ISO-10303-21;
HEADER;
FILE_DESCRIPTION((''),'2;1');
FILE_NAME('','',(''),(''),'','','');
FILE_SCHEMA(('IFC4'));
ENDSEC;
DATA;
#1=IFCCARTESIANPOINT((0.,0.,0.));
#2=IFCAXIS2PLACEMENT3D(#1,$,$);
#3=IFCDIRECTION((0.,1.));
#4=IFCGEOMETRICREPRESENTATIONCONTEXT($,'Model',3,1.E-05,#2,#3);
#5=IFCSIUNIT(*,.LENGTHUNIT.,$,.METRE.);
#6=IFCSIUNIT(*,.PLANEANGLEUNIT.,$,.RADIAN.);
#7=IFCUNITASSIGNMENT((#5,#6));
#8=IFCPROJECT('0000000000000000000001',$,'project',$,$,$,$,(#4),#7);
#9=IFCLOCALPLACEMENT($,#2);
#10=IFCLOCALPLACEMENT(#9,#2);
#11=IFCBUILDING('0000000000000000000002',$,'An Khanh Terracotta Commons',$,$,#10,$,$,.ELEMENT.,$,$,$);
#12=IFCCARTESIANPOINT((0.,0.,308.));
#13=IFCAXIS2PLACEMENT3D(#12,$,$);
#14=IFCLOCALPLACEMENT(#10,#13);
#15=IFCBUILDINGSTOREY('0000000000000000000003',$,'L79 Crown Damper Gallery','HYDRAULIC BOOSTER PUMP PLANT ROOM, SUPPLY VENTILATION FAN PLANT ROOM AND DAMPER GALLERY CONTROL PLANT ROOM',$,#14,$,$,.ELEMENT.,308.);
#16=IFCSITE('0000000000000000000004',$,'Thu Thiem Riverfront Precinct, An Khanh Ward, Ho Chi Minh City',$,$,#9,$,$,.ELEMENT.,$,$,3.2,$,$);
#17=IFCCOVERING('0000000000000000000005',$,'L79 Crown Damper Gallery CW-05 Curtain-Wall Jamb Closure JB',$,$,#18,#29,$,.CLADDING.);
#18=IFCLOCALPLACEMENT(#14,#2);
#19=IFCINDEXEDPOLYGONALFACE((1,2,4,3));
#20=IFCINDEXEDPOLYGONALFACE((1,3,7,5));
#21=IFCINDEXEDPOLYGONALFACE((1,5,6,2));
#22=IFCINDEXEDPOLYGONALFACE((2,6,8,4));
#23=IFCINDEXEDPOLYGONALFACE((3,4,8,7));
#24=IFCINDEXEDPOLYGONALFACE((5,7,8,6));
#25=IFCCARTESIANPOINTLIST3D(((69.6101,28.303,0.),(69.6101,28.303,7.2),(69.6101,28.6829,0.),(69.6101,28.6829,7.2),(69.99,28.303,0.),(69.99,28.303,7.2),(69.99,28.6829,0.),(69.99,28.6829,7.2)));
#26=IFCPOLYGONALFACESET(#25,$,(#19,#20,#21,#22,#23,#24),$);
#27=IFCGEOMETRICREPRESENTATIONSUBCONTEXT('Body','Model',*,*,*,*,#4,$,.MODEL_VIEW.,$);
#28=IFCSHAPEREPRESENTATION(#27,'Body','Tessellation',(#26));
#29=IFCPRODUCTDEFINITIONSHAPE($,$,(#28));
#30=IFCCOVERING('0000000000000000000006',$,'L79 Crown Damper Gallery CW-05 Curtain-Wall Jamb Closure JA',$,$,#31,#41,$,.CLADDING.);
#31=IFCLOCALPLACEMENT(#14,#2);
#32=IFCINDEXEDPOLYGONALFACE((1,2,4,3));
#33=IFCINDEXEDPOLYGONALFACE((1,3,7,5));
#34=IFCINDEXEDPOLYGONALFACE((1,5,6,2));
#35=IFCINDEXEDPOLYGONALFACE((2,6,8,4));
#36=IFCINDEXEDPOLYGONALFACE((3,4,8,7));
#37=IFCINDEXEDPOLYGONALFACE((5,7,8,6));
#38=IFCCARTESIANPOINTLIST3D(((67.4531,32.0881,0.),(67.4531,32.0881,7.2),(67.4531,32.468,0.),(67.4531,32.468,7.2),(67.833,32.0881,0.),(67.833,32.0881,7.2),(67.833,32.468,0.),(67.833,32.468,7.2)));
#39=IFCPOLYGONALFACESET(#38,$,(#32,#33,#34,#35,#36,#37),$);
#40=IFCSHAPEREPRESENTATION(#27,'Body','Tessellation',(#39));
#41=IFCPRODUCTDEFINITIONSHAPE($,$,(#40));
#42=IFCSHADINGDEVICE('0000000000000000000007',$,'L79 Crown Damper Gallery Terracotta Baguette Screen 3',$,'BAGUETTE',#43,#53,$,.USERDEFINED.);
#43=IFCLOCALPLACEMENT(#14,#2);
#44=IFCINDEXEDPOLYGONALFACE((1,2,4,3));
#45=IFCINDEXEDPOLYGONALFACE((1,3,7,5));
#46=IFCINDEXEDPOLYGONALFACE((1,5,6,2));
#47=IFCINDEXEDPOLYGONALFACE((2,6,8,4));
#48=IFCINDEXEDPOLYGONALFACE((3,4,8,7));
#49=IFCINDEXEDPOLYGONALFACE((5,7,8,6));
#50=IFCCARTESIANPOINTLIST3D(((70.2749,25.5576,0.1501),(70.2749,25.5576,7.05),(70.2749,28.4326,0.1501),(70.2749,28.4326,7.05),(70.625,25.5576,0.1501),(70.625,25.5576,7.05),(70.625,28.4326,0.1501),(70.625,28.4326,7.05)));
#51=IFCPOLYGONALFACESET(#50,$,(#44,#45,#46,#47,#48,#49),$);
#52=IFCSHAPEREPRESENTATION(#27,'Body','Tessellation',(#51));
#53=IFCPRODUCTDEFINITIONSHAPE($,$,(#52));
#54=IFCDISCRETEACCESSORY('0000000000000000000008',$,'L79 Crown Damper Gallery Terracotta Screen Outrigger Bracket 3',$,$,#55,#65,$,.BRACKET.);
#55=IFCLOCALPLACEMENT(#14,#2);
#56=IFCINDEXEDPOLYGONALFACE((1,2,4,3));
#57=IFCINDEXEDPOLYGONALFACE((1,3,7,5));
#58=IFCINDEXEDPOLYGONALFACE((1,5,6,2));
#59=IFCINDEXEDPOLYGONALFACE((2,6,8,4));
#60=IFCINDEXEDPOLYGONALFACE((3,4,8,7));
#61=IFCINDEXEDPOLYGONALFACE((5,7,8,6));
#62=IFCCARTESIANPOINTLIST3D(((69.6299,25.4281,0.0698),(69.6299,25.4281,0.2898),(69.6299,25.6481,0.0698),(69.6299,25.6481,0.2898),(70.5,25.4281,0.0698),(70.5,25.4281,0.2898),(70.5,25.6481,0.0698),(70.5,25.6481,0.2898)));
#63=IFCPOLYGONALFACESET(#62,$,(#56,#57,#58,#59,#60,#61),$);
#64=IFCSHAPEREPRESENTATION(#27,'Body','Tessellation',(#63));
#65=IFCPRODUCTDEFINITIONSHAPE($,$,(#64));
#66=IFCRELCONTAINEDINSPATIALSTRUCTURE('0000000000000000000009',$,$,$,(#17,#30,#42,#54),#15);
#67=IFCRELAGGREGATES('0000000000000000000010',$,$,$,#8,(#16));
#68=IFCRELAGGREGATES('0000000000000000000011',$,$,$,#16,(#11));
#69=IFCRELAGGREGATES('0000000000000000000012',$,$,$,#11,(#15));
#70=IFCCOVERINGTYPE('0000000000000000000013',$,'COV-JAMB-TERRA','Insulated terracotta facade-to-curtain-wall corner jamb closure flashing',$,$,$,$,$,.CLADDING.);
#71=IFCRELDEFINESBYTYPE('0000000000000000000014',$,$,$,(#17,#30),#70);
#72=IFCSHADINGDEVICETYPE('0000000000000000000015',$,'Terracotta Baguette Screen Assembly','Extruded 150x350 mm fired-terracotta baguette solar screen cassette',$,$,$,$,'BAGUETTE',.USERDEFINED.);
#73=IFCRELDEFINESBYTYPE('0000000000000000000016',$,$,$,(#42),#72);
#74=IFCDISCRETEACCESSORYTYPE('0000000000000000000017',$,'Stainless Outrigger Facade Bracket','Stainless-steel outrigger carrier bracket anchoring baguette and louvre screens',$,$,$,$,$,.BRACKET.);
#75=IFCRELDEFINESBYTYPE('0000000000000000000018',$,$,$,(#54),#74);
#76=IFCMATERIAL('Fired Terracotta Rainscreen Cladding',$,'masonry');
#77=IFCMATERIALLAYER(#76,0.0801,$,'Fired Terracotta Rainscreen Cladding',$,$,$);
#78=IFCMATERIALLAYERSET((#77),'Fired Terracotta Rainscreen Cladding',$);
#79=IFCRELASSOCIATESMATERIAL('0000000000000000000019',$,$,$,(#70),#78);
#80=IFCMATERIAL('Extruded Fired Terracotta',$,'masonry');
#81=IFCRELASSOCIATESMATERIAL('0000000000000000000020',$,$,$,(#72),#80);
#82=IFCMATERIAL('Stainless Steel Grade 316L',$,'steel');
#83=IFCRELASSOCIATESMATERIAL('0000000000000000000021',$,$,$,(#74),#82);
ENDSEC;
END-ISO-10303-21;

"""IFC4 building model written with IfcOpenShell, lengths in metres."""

from ifc_helpers import new_model, si_unit, direction, frame, origin, origin_2d, place, context, subcontext, project, spatial, rectangle, extrude, material, layer, layer_set, type_object, element, save


model = new_model("IFC4")

# Units and contexts
model_context = context("Model", 3, precision=1e-05, world=origin(), true_north=direction((0.0, 1.0)))
body_context = subcontext(model_context, "Body", "Model", "MODEL_VIEW")
ifc_project = project(units=[si_unit("LENGTHUNIT", "METRE"), si_unit("PLANEANGLEUNIT", "RADIAN")], contexts=[model_context])

# Site, building, storey
site_placement = place(None, origin())
site = spatial("IfcSite", under=ifc_project, at=site_placement, Name="Thu Thiem Riverfront Precinct, An Khanh Ward, Ho Chi Minh City", CompositionType="ELEMENT", RefElevation=3.2)
building_placement = place(site_placement, origin())
building = spatial("IfcBuilding", under=site, at=building_placement, Name="An Khanh Terracotta Commons", CompositionType="ELEMENT")
storey_placement = place(building_placement, frame((0.0, 0.0, 308.0)))
storey = spatial("IfcBuildingStorey", under=building, at=storey_placement, Name="L79 Crown Damper Gallery", Description="HYDRAULIC BOOSTER PUMP PLANT ROOM, SUPPLY VENTILATION FAN PLANT ROOM AND DAMPER GALLERY CONTROL PLANT ROOM", CompositionType="ELEMENT", Elevation=308.0)

# Coverings
ifc_material_1 = material(Name="Fired Terracotta Rainscreen Cladding", Category="masonry")
ifc_layer_1 = layer(ifc_material_1, 0.0801, Name="Fired Terracotta Rainscreen Cladding")
ifc_layer_set_1 = layer_set([ifc_layer_1], Name="Fired Terracotta Rainscreen Cladding")
covering_type = type_object("IfcCoveringType", Name="COV-JAMB-TERRA", Description="Insulated terracotta facade-to-curtain-wall corner jamb closure flashing", PredefinedType="CLADDING", material=ifc_layer_set_1)
for number, where, z_axis, x_axis, name in (
    (1, (69.8, 28.4929, 0.0), (0.0, 0.0, 1.0), (1.0, 0.0, 0.0), "L79 Crown Damper Gallery CW-05 Curtain-Wall Jamb Closure JB"),
    (2, (67.6431, 32.2781, 0.0), (0.0, 0.0, 1.0), (1.0, 0.0, 0.0), "L79 Crown Damper Gallery CW-05 Curtain-Wall Jamb Closure JA"),
):
    element("IfcCovering", number, at=place(storey_placement, frame(where, z_axis=z_axis, x_axis=x_axis)), inside=storey, type_object=covering_type, Name=name, PredefinedType="CLADDING", context=body_context, shape_type="SweptSolid", body=[
        extrude(rectangle(XDim=0.3799, YDim=0.3799, at=origin_2d()), origin(), (0.0, 0.0, 1.0), 7.2),
    ])

# Shading device
ifc_material_2 = material(Name="Extruded Fired Terracotta", Category="masonry")
shading_device_type = type_object("IfcShadingDeviceType", Name="Terracotta Baguette Screen Assembly", Description="Extruded 150x350 mm fired-terracotta baguette solar screen cassette", ElementType="BAGUETTE", PredefinedType="USERDEFINED", material=ifc_material_2)
shading_device_placement = place(storey_placement, frame((70.45, 26.9951, 0.1501), z_axis=(0.0, 0.0, 1.0), x_axis=(0.0, 1.0, 0.0)))
element("IfcShadingDevice", 3, at=shading_device_placement, inside=storey, type_object=shading_device_type, Name="L79 Crown Damper Gallery Terracotta Baguette Screen 3", ObjectType="BAGUETTE", PredefinedType="USERDEFINED", context=body_context, shape_type="SweptSolid", body=[
    extrude(rectangle(XDim=2.875, YDim=0.3501, at=origin_2d()), origin(), (0.0, 0.0, 1.0), 6.8999),
])

# Discrete accessory
ifc_material_3 = material(Name="Stainless Steel Grade 316L", Category="steel")
discrete_accessory_type = type_object("IfcDiscreteAccessoryType", Name="Stainless Outrigger Facade Bracket", Description="Stainless-steel outrigger carrier bracket anchoring baguette and louvre screens", PredefinedType="BRACKET", material=ifc_material_3)
discrete_accessory_placement = place(storey_placement, frame((70.0649, 25.5381, 0.0698), z_axis=(0.0, 0.0, 1.0), x_axis=(0.0, 1.0, 0.0)))
element("IfcDiscreteAccessory", 4, at=discrete_accessory_placement, inside=storey, type_object=discrete_accessory_type, Name="L79 Crown Damper Gallery Terracotta Screen Outrigger Bracket 3", PredefinedType="BRACKET", context=body_context, shape_type="SweptSolid", body=[
    extrude(rectangle(XDim=0.22, YDim=0.8701, at=origin_2d()), origin(), (0.0, 0.0, 1.0), 0.22),
])

save(model, "model.ifc")
